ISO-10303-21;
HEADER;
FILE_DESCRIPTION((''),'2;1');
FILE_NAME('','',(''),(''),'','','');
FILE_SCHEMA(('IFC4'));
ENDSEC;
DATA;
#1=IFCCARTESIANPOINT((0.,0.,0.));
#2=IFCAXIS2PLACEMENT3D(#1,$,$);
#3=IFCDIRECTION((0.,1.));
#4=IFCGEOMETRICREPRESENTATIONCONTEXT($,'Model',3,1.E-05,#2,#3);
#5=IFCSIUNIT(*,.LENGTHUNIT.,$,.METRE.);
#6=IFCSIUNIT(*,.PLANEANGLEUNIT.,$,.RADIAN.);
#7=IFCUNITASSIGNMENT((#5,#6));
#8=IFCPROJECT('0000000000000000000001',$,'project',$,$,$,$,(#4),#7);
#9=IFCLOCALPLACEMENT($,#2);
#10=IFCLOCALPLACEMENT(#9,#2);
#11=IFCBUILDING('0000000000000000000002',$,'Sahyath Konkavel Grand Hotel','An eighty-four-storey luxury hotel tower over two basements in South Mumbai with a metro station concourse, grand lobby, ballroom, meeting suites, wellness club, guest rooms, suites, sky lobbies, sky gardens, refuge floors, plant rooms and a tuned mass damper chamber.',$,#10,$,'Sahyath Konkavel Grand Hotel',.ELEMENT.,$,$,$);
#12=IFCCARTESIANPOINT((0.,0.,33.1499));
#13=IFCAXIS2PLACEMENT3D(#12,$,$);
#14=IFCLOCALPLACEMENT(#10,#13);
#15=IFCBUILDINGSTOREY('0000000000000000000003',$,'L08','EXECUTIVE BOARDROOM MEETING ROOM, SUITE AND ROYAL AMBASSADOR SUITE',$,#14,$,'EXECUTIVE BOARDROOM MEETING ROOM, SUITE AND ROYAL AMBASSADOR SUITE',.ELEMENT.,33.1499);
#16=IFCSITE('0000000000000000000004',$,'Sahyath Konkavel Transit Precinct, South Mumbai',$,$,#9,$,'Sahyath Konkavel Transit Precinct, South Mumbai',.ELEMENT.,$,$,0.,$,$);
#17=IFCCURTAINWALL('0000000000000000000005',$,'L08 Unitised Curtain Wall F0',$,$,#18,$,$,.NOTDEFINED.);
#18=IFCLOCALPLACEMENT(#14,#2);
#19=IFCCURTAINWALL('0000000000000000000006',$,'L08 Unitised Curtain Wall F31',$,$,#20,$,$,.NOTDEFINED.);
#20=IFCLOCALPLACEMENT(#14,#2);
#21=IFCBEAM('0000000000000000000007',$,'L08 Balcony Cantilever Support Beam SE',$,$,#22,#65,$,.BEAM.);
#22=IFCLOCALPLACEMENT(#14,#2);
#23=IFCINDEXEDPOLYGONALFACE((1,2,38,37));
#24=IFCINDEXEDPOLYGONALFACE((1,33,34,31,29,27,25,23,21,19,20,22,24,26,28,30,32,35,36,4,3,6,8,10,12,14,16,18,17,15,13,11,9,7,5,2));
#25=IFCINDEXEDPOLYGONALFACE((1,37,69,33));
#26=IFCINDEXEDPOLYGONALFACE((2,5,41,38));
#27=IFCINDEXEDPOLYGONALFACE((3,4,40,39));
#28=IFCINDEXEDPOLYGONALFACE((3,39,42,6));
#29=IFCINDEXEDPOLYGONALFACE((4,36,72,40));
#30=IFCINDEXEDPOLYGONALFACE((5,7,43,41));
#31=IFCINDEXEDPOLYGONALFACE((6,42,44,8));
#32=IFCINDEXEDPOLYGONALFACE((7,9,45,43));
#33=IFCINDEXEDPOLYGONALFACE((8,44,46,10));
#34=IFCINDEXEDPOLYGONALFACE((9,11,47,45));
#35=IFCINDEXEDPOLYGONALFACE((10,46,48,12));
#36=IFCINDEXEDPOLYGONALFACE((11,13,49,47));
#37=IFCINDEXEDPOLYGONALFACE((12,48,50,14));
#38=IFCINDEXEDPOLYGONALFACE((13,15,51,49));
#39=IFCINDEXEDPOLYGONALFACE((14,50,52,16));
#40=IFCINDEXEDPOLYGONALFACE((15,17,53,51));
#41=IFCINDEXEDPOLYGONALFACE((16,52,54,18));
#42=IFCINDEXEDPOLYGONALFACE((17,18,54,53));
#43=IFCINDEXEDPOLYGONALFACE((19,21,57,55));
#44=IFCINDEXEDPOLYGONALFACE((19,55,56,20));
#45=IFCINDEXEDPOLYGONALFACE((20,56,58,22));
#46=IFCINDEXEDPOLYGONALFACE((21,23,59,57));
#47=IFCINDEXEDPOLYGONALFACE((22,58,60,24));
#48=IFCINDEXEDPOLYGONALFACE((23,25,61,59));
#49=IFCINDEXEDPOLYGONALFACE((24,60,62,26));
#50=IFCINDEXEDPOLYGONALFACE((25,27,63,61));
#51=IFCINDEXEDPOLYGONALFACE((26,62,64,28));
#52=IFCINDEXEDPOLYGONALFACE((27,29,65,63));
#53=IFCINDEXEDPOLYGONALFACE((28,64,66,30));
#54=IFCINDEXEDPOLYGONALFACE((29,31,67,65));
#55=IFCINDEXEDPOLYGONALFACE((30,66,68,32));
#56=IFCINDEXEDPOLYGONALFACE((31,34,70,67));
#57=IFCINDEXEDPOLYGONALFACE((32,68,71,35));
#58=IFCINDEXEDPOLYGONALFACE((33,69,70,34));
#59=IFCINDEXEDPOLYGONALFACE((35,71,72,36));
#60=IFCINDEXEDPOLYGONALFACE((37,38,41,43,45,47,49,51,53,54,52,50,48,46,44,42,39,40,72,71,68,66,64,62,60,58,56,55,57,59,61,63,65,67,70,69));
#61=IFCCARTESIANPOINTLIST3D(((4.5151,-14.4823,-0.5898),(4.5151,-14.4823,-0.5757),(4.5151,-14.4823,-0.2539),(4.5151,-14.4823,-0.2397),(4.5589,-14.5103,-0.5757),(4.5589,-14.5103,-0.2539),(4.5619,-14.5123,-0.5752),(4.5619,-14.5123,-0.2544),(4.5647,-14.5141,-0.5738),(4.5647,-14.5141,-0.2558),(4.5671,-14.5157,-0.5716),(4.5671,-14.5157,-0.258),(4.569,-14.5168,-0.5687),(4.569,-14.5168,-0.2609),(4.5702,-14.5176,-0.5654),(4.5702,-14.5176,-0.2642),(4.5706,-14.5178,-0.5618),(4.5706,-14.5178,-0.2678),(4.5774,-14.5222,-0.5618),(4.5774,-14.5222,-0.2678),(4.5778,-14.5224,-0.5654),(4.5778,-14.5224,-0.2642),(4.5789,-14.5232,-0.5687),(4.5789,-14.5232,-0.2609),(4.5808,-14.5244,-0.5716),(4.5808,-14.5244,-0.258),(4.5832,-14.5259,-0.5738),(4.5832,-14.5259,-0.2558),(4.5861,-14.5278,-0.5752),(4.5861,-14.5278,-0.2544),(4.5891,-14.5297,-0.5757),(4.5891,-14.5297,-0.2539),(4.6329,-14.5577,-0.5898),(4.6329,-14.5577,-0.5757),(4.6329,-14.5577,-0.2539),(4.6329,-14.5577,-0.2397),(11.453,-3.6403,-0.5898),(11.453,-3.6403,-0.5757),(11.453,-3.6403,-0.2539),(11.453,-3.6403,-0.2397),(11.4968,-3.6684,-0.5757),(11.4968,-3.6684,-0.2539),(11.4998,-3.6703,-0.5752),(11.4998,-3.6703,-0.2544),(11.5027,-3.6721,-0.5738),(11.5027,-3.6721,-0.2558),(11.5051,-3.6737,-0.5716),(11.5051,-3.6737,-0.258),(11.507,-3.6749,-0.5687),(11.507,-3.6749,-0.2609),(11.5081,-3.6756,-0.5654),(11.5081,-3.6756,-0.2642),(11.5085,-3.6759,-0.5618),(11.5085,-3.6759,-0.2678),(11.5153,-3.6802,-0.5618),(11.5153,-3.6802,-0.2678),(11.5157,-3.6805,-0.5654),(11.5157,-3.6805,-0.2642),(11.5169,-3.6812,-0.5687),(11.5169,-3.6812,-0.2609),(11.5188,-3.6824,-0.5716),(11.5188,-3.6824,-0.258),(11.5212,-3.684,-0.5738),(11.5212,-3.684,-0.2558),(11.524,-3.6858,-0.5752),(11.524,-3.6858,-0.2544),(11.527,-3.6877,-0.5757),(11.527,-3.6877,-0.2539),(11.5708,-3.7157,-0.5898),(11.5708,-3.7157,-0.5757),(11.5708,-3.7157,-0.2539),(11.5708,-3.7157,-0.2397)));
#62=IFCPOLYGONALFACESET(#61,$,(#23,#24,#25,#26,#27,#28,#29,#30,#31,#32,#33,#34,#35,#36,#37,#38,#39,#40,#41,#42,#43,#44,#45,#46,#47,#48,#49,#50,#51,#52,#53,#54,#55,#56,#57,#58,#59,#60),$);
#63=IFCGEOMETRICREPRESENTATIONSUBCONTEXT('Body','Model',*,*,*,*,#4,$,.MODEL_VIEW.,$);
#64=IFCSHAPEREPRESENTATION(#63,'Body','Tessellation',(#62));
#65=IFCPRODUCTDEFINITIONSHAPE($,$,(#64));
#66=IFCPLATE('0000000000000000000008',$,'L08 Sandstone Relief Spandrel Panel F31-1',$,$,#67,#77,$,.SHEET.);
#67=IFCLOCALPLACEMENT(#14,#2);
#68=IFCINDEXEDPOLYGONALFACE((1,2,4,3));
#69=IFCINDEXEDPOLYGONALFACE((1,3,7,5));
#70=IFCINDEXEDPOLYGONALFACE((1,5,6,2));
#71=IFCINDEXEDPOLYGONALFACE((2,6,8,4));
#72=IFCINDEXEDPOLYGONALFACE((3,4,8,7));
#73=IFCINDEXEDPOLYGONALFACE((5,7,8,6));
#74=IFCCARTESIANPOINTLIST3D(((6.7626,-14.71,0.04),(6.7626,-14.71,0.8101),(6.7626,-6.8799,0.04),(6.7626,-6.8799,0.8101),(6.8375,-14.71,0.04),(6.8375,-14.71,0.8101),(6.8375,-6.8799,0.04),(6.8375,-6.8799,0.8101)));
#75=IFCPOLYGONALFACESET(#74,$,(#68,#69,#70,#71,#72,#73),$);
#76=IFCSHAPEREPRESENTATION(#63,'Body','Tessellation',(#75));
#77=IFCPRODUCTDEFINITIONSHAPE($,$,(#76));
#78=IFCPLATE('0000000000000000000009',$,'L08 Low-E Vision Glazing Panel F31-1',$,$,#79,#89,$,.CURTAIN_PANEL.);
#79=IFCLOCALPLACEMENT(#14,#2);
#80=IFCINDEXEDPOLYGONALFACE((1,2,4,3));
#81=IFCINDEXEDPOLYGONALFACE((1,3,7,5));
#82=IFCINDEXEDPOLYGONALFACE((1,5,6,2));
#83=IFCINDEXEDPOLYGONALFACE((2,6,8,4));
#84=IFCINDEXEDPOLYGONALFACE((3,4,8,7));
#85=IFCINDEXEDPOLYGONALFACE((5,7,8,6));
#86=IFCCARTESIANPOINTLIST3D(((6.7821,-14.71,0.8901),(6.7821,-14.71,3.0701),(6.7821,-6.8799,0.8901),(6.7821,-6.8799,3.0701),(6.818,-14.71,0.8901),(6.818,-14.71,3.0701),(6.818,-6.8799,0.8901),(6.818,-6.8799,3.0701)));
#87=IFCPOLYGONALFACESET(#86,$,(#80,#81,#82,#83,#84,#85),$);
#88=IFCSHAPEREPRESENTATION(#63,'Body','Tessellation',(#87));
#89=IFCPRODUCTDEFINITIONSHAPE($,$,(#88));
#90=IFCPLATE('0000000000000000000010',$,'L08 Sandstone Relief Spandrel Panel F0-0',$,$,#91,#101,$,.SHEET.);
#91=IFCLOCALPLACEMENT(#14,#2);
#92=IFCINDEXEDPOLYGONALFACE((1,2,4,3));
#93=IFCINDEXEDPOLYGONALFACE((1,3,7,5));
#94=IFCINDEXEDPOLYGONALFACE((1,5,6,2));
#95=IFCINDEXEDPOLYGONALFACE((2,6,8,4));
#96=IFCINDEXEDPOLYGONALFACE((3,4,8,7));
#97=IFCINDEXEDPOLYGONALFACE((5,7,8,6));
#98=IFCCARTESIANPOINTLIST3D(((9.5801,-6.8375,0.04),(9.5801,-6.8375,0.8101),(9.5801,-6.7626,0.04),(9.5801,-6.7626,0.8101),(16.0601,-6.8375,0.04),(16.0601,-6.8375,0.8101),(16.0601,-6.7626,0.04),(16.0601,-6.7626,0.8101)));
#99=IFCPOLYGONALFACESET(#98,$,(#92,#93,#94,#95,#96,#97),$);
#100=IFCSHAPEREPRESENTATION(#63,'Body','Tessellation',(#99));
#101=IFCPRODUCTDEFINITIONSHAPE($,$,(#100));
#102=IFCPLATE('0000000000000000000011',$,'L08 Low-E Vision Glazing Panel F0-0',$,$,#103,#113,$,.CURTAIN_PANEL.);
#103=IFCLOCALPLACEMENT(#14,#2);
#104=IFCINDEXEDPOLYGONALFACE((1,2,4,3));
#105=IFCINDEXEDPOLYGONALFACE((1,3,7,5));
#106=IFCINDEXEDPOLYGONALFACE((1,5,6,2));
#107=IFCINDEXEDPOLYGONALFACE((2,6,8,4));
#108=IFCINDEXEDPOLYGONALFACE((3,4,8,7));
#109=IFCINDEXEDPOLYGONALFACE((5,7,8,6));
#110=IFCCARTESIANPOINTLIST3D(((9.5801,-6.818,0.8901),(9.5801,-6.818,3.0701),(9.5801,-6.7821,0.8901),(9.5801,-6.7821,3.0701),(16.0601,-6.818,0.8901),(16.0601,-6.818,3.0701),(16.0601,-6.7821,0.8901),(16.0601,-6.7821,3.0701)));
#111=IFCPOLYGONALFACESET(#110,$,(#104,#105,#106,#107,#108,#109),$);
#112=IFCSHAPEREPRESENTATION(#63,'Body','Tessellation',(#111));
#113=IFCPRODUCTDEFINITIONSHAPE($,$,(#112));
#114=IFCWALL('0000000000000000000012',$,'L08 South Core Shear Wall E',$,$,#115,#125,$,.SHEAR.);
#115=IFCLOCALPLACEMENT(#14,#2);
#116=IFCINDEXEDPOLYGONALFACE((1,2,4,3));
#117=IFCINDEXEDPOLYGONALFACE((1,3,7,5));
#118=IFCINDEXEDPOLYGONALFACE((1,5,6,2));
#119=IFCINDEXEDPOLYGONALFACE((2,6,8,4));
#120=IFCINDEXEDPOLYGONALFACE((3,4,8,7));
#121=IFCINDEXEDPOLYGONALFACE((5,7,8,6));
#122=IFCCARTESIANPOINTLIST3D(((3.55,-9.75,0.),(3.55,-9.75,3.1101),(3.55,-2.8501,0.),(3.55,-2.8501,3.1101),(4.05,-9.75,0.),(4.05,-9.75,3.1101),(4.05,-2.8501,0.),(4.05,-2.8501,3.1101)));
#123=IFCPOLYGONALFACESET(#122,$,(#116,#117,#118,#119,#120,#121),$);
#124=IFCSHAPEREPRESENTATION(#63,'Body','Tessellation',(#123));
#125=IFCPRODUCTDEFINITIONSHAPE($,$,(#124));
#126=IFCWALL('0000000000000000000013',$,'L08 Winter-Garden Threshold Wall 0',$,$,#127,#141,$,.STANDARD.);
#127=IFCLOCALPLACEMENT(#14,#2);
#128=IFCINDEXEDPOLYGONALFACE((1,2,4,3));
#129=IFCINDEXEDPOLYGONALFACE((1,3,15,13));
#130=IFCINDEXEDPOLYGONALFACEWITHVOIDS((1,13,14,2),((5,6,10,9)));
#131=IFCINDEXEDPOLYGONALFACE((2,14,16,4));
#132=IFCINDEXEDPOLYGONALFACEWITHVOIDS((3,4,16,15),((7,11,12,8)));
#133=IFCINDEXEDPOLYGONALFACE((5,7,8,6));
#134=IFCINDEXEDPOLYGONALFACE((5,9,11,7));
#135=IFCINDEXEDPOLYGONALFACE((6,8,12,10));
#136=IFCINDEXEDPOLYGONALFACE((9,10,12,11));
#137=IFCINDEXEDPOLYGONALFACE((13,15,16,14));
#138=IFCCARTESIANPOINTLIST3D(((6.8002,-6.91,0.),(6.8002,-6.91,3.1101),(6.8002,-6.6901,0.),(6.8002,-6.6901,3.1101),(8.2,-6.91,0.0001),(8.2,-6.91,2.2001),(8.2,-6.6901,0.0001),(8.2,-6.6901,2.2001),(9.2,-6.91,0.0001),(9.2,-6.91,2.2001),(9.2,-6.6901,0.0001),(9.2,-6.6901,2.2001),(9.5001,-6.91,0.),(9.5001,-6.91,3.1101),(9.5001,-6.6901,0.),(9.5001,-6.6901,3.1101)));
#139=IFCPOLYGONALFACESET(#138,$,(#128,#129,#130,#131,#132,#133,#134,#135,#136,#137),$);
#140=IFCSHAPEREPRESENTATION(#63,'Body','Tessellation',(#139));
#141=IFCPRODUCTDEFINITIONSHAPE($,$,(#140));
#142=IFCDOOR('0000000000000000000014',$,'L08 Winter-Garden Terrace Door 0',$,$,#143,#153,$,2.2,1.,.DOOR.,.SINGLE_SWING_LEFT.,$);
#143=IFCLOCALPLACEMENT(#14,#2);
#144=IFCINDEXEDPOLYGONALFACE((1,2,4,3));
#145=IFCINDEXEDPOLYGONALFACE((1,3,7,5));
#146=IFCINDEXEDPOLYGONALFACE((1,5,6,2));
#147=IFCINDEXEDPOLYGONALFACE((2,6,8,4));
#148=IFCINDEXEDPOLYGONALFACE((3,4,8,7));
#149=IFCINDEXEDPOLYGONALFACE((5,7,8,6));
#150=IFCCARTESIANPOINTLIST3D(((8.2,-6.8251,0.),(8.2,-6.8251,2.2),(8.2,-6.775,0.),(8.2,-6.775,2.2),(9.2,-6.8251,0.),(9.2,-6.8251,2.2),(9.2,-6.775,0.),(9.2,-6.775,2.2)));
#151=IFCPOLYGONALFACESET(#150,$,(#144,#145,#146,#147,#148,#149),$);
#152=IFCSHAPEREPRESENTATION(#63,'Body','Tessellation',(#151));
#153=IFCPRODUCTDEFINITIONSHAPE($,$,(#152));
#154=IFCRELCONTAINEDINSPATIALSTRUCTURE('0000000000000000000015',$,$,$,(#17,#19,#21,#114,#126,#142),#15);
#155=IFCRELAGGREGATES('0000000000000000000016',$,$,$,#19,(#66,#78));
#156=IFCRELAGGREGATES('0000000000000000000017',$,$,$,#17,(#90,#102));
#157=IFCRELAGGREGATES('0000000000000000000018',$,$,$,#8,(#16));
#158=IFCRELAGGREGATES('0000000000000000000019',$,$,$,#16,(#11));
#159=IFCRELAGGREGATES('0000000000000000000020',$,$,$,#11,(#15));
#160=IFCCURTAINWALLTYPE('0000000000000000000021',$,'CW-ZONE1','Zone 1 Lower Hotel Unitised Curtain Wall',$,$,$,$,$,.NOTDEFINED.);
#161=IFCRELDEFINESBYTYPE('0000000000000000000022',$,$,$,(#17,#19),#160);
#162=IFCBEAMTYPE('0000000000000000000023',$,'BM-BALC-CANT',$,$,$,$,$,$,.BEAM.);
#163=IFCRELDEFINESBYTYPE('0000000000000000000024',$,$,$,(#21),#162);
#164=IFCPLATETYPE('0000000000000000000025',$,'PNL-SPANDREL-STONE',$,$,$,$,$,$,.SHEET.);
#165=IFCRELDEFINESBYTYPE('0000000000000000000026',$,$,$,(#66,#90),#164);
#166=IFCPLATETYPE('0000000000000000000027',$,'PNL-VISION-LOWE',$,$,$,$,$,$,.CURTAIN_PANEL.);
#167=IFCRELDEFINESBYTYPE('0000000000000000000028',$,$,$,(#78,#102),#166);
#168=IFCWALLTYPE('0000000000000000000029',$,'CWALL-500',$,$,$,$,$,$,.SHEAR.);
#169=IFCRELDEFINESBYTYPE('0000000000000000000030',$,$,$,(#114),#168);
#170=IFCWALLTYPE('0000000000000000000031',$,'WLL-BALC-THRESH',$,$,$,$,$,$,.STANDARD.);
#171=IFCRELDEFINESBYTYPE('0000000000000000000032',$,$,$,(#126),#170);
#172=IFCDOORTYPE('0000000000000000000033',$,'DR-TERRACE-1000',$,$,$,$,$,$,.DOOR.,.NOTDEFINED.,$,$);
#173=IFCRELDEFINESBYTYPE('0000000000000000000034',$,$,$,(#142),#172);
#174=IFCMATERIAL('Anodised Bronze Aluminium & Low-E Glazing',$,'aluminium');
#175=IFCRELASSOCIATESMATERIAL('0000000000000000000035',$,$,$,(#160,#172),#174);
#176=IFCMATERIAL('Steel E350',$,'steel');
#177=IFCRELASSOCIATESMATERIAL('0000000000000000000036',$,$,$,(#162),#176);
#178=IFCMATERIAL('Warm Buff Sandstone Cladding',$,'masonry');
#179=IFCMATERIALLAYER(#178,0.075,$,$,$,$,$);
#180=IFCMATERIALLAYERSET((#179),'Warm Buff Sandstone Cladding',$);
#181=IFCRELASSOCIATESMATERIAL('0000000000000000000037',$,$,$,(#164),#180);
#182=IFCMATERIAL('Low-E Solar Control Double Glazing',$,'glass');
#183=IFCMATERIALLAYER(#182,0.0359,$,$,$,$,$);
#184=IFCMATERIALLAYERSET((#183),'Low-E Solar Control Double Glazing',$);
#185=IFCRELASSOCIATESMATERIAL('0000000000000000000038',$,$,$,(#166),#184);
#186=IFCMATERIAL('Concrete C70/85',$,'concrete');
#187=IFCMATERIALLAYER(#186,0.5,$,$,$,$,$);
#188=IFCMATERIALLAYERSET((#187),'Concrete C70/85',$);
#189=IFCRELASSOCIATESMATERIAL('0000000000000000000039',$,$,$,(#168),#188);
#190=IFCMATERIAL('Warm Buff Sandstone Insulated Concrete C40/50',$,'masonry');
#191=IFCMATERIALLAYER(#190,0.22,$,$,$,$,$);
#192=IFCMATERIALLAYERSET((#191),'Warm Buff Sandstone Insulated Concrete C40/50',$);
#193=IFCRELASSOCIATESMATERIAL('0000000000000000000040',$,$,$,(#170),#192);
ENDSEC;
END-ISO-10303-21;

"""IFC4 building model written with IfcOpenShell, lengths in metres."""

from ifc_helpers import new_model, si_unit, direction, frame, frame_2d, origin, origin_2d, place, context, subcontext, project, spatial, rectangle, i_section, extrude, source, transform, mapped, material, layer, layer_set, material_profile, profile_set, type_object, element, fill, aggregate, save


model = new_model("IFC4")

# Units and contexts
model_context = context("Model", 3, precision=1e-05, world=origin(), true_north=direction((0.0, 1.0)))
body_context = subcontext(model_context, "Body", "Model", "MODEL_VIEW")
ifc_project = project(units=[si_unit("LENGTHUNIT", "METRE"), si_unit("PLANEANGLEUNIT", "RADIAN")], contexts=[model_context])

# Site, building, storey
site_placement = place(None, origin())
site = spatial("IfcSite", under=ifc_project, at=site_placement, Name="Sahyath Konkavel Transit Precinct, South Mumbai", LongName="Sahyath Konkavel Transit Precinct, South Mumbai", CompositionType="ELEMENT", RefElevation=0.0)
building_placement = place(site_placement, origin())
building = spatial("IfcBuilding", under=site, at=building_placement, Name="Sahyath Konkavel Grand Hotel", Description="An eighty-four-storey luxury hotel tower over two basements in South Mumbai with a metro station concourse, grand lobby, ballroom, meeting suites, wellness club, guest rooms, suites, sky lobbies, sky gardens, refuge floors, plant rooms and a tuned mass damper chamber.", LongName="Sahyath Konkavel Grand Hotel", CompositionType="ELEMENT")
storey_placement = place(building_placement, frame((0.0, 0.0, 33.1499)))
storey = spatial("IfcBuildingStorey", under=building, at=storey_placement, Name="L08", Description="EXECUTIVE BOARDROOM MEETING ROOM, SUITE AND ROYAL AMBASSADOR SUITE", LongName="EXECUTIVE BOARDROOM MEETING ROOM, SUITE AND ROYAL AMBASSADOR SUITE", CompositionType="ELEMENT", Elevation=33.1499)

# Shared definitions
ifc_material_1 = material(Name="Concrete C70/85", Category="concrete")

# Shared definitions
ifc_material_2 = material(Name="Steel E350", Category="steel")

# Curtain walls
ifc_material_3 = material(Name="Anodised Bronze Aluminium & Low-E Glazing", Category="aluminium")
curtain_wall_type = type_object("IfcCurtainWallType", Name="CW-ZONE1", Description="Zone 1 Lower Hotel Unitised Curtain Wall", PredefinedType="NOTDEFINED", material=ifc_material_3)
curtain_wall_1_placement = place(storey_placement, origin())
curtain_wall_1 = element("IfcCurtainWall", 1, at=curtain_wall_1_placement, inside=storey, type_object=curtain_wall_type, Name="L08 Unitised Curtain Wall F0", PredefinedType="NOTDEFINED")
curtain_wall_2_placement = place(storey_placement, origin())
curtain_wall_2 = element("IfcCurtainWall", 2, at=curtain_wall_2_placement, inside=storey, type_object=curtain_wall_type, Name="L08 Unitised Curtain Wall F31", PredefinedType="NOTDEFINED")

# Beam
ifc_material_profile_1 = material_profile(ifc_material_2, i_section(OverallWidth=0.1399, OverallDepth=0.3501, WebThickness=0.0081, FlangeThickness=0.0142, FilletRadius=0.0139, at=origin_2d()), Name="ISMB 350")
ifc_profile_set_1 = profile_set([ifc_material_profile_1], Name="Steel E350")
beam_type_1 = type_object("IfcBeamType", Name="BM-BALC-CANT", PredefinedType="BEAM", material=ifc_profile_set_1)
shared_shape_1 = source(origin(), body_context, "Body", "SweptSolid", [
    extrude(i_section(OverallWidth=0.1399, OverallDepth=0.3501, WebThickness=0.0081, FlangeThickness=0.0142, FilletRadius=0.0139, at=origin_2d()), origin(), (0.0, 0.0, 1.0), 12.8718),
])
beam_1_placement = place(storey_placement, frame((4.574, -14.52, -0.4148), z_axis=(0.539003, 0.842304, 0.0), x_axis=(-0.842304, 0.539003, 0.0)))
element("IfcBeam", 3, at=beam_1_placement, inside=storey, type_object=beam_type_1, Name="L08 Balcony Cantilever Support Beam SE", PredefinedType="BEAM", context=body_context, shape_type="MappedRepresentation", body=[
    mapped(shared_shape_1, transform((0.0, 0.0, 0.0), scale=1.0)),
])

# Plates
ifc_material_4 = material(Name="Warm Buff Sandstone Cladding", Category="masonry")
ifc_layer_1 = layer(ifc_material_4, 0.075)
ifc_layer_set_1 = layer_set([ifc_layer_1], Name="Warm Buff Sandstone Cladding")
plate_type_1 = type_object("IfcPlateType", Name="PNL-SPANDREL-STONE", PredefinedType="SHEET", material=ifc_layer_set_1)
shared_shape_2 = source(origin(), body_context, "Body", "SweptSolid", [
    extrude(rectangle(XDim=7.8301, YDim=0.075, at=origin_2d()), origin(), (0.0, 0.0, 1.0), 0.77),
])
plate_1_placement = place(storey_placement, frame((6.8, -10.7949, 0.04), z_axis=(0.0, 0.0, 1.0), x_axis=(0.0, 1.0, 0.0)))
plate_1 = element("IfcPlate", 4, at=plate_1_placement, type_object=plate_type_1, Name="L08 Sandstone Relief Spandrel Panel F31-1", PredefinedType="SHEET", context=body_context, shape_type="MappedRepresentation", body=[
    mapped(shared_shape_2, transform((0.0, 0.0, 0.0), scale=1.0)),
])
ifc_material_5 = material(Name="Low-E Solar Control Double Glazing", Category="glass")
ifc_layer_2 = layer(ifc_material_5, 0.0359)
ifc_layer_set_2 = layer_set([ifc_layer_2], Name="Low-E Solar Control Double Glazing")
plate_type_2 = type_object("IfcPlateType", Name="PNL-VISION-LOWE", PredefinedType="CURTAIN_PANEL", material=ifc_layer_set_2)
shared_shape_3 = source(origin(), body_context, "Body", "SweptSolid", [
    extrude(rectangle(XDim=7.8301, YDim=0.0359, at=origin_2d()), origin(), (0.0, 0.0, 1.0), 2.1799),
])
plate_2_placement = place(storey_placement, frame((6.8, -10.7949, 0.8901), z_axis=(0.0, 0.0, 1.0), x_axis=(0.0, 1.0, 0.0)))
plate_2 = element("IfcPlate", 5, at=plate_2_placement, type_object=plate_type_2, Name="L08 Low-E Vision Glazing Panel F31-1", PredefinedType="CURTAIN_PANEL", context=body_context, shape_type="MappedRepresentation", body=[
    mapped(shared_shape_3, transform((0.0, 0.0, 0.0), scale=1.0)),
])
aggregate(curtain_wall_2, [plate_1, plate_2])
shared_shape_4 = source(origin(), body_context, "Body", "SweptSolid", [
    extrude(rectangle(XDim=6.48, YDim=0.075, at=origin_2d()), origin(), (0.0, 0.0, 1.0), 0.77),
])
plate_3_placement = place(storey_placement, frame((12.8201, -6.8, 0.04), z_axis=(0.0, 0.0, 1.0), x_axis=(1.0, 0.0, 0.0)))
plate_3 = element("IfcPlate", 6, at=plate_3_placement, type_object=plate_type_1, Name="L08 Sandstone Relief Spandrel Panel F0-0", PredefinedType="SHEET", context=body_context, shape_type="MappedRepresentation", body=[
    mapped(shared_shape_4, transform((0.0, 0.0, 0.0), scale=1.0)),
])
shared_shape_5 = source(origin(), body_context, "Body", "SweptSolid", [
    extrude(rectangle(XDim=6.48, YDim=0.0359, at=origin_2d()), origin(), (0.0, 0.0, 1.0), 2.1799),
])
plate_4_placement = place(storey_placement, frame((12.8201, -6.8, 0.8901), z_axis=(0.0, 0.0, 1.0), x_axis=(1.0, 0.0, 0.0)))
plate_4 = element("IfcPlate", 7, at=plate_4_placement, type_object=plate_type_2, Name="L08 Low-E Vision Glazing Panel F0-0", PredefinedType="CURTAIN_PANEL", context=body_context, shape_type="MappedRepresentation", body=[
    mapped(shared_shape_5, transform((0.0, 0.0, 0.0), scale=1.0)),
])
aggregate(curtain_wall_1, [plate_3, plate_4])

# Wall
ifc_layer_3 = layer(ifc_material_1, 0.5)
ifc_layer_set_3 = layer_set([ifc_layer_3], Name="Concrete C70/85")
wall_type_1 = type_object("IfcWallType", Name="CWALL-500", PredefinedType="SHEAR", material=ifc_layer_set_3)
wall_1_placement = place(storey_placement, frame((3.8, -9.75, 0.0), z_axis=(0.0, 0.0, 1.0), x_axis=(0.0, 1.0, 0.0)))
element("IfcWall", 8, at=wall_1_placement, inside=storey, type_object=wall_type_1, Name="L08 South Core Shear Wall E", PredefinedType="SHEAR", context=body_context, shape_type="SweptSolid", body=[
    extrude(rectangle(XDim=6.8999, YDim=0.5, at=frame_2d((3.45, 0.0))), origin(), (0.0, 0.0, 1.0), 3.1101),
])

# Wall, opening, door
ifc_material_6 = material(Name="Warm Buff Sandstone Insulated Concrete C40/50", Category="masonry")
ifc_layer_4 = layer(ifc_material_6, 0.22)
ifc_layer_set_4 = layer_set([ifc_layer_4], Name="Warm Buff Sandstone Insulated Concrete C40/50")
wall_type_2 = type_object("IfcWallType", Name="WLL-BALC-THRESH", PredefinedType="STANDARD", material=ifc_layer_set_4)
wall_2_placement = place(storey_placement, frame((6.8, -6.8, 0.0), z_axis=(0.0, 0.0, 1.0), x_axis=(1.0, 0.0, 0.0)))
wall_2 = element("IfcWall", 9, at=wall_2_placement, inside=storey, type_object=wall_type_2, Name="L08 Winter-Garden Threshold Wall 0", PredefinedType="STANDARD", context=body_context, shape_type="SweptSolid", body=[
    extrude(rectangle(XDim=2.7, YDim=0.22, at=frame_2d((1.3501, 0.0))), origin(), (0.0, 0.0, 1.0), 3.1101),
])
opening_1_placement = place(wall_2_placement, frame((1.3999, 0.0, 0.0)))
opening_1 = element("IfcOpeningElement", 10, at=opening_1_placement, cuts=wall_2, PredefinedType="OPENING", context=body_context, shape_type="SweptSolid", body=[
    extrude(rectangle(XDim=1.0, YDim=2.2, at=frame_2d((0.5, 1.1001))), frame((0.0, 0.1201, 0.0), z_axis=(0.0, -1.0, 0.0), x_axis=(1.0, 0.0, 0.0)), (0.0, 0.0, 1.0), 0.24),
])
door_type_1 = type_object("IfcDoorType", Name="DR-TERRACE-1000", OperationType="NOTDEFINED", PredefinedType="DOOR", material=ifc_material_3)
shared_shape_6 = source(origin(), body_context, "Body", "SweptSolid", [
    extrude(rectangle(XDim=1.0, YDim=0.05, at=origin_2d()), origin(), (0.0, 0.0, 1.0), 2.2),
])
door_1_placement = place(opening_1_placement, frame((0.5, 0.0, 0.0)))
door_1 = element("IfcDoor", 11, at=door_1_placement, inside=storey, type_object=door_type_1, Name="L08 Winter-Garden Terrace Door 0", OperationType="SINGLE_SWING_LEFT", OverallHeight=2.2, OverallWidth=1.0, PredefinedType="DOOR", context=body_context, shape_type="MappedRepresentation", body=[
    mapped(shared_shape_6, transform((0.0, 0.0, 0.0), scale=1.0)),
])
fill(opening_1, door_1)

save(model, "model.ifc")
